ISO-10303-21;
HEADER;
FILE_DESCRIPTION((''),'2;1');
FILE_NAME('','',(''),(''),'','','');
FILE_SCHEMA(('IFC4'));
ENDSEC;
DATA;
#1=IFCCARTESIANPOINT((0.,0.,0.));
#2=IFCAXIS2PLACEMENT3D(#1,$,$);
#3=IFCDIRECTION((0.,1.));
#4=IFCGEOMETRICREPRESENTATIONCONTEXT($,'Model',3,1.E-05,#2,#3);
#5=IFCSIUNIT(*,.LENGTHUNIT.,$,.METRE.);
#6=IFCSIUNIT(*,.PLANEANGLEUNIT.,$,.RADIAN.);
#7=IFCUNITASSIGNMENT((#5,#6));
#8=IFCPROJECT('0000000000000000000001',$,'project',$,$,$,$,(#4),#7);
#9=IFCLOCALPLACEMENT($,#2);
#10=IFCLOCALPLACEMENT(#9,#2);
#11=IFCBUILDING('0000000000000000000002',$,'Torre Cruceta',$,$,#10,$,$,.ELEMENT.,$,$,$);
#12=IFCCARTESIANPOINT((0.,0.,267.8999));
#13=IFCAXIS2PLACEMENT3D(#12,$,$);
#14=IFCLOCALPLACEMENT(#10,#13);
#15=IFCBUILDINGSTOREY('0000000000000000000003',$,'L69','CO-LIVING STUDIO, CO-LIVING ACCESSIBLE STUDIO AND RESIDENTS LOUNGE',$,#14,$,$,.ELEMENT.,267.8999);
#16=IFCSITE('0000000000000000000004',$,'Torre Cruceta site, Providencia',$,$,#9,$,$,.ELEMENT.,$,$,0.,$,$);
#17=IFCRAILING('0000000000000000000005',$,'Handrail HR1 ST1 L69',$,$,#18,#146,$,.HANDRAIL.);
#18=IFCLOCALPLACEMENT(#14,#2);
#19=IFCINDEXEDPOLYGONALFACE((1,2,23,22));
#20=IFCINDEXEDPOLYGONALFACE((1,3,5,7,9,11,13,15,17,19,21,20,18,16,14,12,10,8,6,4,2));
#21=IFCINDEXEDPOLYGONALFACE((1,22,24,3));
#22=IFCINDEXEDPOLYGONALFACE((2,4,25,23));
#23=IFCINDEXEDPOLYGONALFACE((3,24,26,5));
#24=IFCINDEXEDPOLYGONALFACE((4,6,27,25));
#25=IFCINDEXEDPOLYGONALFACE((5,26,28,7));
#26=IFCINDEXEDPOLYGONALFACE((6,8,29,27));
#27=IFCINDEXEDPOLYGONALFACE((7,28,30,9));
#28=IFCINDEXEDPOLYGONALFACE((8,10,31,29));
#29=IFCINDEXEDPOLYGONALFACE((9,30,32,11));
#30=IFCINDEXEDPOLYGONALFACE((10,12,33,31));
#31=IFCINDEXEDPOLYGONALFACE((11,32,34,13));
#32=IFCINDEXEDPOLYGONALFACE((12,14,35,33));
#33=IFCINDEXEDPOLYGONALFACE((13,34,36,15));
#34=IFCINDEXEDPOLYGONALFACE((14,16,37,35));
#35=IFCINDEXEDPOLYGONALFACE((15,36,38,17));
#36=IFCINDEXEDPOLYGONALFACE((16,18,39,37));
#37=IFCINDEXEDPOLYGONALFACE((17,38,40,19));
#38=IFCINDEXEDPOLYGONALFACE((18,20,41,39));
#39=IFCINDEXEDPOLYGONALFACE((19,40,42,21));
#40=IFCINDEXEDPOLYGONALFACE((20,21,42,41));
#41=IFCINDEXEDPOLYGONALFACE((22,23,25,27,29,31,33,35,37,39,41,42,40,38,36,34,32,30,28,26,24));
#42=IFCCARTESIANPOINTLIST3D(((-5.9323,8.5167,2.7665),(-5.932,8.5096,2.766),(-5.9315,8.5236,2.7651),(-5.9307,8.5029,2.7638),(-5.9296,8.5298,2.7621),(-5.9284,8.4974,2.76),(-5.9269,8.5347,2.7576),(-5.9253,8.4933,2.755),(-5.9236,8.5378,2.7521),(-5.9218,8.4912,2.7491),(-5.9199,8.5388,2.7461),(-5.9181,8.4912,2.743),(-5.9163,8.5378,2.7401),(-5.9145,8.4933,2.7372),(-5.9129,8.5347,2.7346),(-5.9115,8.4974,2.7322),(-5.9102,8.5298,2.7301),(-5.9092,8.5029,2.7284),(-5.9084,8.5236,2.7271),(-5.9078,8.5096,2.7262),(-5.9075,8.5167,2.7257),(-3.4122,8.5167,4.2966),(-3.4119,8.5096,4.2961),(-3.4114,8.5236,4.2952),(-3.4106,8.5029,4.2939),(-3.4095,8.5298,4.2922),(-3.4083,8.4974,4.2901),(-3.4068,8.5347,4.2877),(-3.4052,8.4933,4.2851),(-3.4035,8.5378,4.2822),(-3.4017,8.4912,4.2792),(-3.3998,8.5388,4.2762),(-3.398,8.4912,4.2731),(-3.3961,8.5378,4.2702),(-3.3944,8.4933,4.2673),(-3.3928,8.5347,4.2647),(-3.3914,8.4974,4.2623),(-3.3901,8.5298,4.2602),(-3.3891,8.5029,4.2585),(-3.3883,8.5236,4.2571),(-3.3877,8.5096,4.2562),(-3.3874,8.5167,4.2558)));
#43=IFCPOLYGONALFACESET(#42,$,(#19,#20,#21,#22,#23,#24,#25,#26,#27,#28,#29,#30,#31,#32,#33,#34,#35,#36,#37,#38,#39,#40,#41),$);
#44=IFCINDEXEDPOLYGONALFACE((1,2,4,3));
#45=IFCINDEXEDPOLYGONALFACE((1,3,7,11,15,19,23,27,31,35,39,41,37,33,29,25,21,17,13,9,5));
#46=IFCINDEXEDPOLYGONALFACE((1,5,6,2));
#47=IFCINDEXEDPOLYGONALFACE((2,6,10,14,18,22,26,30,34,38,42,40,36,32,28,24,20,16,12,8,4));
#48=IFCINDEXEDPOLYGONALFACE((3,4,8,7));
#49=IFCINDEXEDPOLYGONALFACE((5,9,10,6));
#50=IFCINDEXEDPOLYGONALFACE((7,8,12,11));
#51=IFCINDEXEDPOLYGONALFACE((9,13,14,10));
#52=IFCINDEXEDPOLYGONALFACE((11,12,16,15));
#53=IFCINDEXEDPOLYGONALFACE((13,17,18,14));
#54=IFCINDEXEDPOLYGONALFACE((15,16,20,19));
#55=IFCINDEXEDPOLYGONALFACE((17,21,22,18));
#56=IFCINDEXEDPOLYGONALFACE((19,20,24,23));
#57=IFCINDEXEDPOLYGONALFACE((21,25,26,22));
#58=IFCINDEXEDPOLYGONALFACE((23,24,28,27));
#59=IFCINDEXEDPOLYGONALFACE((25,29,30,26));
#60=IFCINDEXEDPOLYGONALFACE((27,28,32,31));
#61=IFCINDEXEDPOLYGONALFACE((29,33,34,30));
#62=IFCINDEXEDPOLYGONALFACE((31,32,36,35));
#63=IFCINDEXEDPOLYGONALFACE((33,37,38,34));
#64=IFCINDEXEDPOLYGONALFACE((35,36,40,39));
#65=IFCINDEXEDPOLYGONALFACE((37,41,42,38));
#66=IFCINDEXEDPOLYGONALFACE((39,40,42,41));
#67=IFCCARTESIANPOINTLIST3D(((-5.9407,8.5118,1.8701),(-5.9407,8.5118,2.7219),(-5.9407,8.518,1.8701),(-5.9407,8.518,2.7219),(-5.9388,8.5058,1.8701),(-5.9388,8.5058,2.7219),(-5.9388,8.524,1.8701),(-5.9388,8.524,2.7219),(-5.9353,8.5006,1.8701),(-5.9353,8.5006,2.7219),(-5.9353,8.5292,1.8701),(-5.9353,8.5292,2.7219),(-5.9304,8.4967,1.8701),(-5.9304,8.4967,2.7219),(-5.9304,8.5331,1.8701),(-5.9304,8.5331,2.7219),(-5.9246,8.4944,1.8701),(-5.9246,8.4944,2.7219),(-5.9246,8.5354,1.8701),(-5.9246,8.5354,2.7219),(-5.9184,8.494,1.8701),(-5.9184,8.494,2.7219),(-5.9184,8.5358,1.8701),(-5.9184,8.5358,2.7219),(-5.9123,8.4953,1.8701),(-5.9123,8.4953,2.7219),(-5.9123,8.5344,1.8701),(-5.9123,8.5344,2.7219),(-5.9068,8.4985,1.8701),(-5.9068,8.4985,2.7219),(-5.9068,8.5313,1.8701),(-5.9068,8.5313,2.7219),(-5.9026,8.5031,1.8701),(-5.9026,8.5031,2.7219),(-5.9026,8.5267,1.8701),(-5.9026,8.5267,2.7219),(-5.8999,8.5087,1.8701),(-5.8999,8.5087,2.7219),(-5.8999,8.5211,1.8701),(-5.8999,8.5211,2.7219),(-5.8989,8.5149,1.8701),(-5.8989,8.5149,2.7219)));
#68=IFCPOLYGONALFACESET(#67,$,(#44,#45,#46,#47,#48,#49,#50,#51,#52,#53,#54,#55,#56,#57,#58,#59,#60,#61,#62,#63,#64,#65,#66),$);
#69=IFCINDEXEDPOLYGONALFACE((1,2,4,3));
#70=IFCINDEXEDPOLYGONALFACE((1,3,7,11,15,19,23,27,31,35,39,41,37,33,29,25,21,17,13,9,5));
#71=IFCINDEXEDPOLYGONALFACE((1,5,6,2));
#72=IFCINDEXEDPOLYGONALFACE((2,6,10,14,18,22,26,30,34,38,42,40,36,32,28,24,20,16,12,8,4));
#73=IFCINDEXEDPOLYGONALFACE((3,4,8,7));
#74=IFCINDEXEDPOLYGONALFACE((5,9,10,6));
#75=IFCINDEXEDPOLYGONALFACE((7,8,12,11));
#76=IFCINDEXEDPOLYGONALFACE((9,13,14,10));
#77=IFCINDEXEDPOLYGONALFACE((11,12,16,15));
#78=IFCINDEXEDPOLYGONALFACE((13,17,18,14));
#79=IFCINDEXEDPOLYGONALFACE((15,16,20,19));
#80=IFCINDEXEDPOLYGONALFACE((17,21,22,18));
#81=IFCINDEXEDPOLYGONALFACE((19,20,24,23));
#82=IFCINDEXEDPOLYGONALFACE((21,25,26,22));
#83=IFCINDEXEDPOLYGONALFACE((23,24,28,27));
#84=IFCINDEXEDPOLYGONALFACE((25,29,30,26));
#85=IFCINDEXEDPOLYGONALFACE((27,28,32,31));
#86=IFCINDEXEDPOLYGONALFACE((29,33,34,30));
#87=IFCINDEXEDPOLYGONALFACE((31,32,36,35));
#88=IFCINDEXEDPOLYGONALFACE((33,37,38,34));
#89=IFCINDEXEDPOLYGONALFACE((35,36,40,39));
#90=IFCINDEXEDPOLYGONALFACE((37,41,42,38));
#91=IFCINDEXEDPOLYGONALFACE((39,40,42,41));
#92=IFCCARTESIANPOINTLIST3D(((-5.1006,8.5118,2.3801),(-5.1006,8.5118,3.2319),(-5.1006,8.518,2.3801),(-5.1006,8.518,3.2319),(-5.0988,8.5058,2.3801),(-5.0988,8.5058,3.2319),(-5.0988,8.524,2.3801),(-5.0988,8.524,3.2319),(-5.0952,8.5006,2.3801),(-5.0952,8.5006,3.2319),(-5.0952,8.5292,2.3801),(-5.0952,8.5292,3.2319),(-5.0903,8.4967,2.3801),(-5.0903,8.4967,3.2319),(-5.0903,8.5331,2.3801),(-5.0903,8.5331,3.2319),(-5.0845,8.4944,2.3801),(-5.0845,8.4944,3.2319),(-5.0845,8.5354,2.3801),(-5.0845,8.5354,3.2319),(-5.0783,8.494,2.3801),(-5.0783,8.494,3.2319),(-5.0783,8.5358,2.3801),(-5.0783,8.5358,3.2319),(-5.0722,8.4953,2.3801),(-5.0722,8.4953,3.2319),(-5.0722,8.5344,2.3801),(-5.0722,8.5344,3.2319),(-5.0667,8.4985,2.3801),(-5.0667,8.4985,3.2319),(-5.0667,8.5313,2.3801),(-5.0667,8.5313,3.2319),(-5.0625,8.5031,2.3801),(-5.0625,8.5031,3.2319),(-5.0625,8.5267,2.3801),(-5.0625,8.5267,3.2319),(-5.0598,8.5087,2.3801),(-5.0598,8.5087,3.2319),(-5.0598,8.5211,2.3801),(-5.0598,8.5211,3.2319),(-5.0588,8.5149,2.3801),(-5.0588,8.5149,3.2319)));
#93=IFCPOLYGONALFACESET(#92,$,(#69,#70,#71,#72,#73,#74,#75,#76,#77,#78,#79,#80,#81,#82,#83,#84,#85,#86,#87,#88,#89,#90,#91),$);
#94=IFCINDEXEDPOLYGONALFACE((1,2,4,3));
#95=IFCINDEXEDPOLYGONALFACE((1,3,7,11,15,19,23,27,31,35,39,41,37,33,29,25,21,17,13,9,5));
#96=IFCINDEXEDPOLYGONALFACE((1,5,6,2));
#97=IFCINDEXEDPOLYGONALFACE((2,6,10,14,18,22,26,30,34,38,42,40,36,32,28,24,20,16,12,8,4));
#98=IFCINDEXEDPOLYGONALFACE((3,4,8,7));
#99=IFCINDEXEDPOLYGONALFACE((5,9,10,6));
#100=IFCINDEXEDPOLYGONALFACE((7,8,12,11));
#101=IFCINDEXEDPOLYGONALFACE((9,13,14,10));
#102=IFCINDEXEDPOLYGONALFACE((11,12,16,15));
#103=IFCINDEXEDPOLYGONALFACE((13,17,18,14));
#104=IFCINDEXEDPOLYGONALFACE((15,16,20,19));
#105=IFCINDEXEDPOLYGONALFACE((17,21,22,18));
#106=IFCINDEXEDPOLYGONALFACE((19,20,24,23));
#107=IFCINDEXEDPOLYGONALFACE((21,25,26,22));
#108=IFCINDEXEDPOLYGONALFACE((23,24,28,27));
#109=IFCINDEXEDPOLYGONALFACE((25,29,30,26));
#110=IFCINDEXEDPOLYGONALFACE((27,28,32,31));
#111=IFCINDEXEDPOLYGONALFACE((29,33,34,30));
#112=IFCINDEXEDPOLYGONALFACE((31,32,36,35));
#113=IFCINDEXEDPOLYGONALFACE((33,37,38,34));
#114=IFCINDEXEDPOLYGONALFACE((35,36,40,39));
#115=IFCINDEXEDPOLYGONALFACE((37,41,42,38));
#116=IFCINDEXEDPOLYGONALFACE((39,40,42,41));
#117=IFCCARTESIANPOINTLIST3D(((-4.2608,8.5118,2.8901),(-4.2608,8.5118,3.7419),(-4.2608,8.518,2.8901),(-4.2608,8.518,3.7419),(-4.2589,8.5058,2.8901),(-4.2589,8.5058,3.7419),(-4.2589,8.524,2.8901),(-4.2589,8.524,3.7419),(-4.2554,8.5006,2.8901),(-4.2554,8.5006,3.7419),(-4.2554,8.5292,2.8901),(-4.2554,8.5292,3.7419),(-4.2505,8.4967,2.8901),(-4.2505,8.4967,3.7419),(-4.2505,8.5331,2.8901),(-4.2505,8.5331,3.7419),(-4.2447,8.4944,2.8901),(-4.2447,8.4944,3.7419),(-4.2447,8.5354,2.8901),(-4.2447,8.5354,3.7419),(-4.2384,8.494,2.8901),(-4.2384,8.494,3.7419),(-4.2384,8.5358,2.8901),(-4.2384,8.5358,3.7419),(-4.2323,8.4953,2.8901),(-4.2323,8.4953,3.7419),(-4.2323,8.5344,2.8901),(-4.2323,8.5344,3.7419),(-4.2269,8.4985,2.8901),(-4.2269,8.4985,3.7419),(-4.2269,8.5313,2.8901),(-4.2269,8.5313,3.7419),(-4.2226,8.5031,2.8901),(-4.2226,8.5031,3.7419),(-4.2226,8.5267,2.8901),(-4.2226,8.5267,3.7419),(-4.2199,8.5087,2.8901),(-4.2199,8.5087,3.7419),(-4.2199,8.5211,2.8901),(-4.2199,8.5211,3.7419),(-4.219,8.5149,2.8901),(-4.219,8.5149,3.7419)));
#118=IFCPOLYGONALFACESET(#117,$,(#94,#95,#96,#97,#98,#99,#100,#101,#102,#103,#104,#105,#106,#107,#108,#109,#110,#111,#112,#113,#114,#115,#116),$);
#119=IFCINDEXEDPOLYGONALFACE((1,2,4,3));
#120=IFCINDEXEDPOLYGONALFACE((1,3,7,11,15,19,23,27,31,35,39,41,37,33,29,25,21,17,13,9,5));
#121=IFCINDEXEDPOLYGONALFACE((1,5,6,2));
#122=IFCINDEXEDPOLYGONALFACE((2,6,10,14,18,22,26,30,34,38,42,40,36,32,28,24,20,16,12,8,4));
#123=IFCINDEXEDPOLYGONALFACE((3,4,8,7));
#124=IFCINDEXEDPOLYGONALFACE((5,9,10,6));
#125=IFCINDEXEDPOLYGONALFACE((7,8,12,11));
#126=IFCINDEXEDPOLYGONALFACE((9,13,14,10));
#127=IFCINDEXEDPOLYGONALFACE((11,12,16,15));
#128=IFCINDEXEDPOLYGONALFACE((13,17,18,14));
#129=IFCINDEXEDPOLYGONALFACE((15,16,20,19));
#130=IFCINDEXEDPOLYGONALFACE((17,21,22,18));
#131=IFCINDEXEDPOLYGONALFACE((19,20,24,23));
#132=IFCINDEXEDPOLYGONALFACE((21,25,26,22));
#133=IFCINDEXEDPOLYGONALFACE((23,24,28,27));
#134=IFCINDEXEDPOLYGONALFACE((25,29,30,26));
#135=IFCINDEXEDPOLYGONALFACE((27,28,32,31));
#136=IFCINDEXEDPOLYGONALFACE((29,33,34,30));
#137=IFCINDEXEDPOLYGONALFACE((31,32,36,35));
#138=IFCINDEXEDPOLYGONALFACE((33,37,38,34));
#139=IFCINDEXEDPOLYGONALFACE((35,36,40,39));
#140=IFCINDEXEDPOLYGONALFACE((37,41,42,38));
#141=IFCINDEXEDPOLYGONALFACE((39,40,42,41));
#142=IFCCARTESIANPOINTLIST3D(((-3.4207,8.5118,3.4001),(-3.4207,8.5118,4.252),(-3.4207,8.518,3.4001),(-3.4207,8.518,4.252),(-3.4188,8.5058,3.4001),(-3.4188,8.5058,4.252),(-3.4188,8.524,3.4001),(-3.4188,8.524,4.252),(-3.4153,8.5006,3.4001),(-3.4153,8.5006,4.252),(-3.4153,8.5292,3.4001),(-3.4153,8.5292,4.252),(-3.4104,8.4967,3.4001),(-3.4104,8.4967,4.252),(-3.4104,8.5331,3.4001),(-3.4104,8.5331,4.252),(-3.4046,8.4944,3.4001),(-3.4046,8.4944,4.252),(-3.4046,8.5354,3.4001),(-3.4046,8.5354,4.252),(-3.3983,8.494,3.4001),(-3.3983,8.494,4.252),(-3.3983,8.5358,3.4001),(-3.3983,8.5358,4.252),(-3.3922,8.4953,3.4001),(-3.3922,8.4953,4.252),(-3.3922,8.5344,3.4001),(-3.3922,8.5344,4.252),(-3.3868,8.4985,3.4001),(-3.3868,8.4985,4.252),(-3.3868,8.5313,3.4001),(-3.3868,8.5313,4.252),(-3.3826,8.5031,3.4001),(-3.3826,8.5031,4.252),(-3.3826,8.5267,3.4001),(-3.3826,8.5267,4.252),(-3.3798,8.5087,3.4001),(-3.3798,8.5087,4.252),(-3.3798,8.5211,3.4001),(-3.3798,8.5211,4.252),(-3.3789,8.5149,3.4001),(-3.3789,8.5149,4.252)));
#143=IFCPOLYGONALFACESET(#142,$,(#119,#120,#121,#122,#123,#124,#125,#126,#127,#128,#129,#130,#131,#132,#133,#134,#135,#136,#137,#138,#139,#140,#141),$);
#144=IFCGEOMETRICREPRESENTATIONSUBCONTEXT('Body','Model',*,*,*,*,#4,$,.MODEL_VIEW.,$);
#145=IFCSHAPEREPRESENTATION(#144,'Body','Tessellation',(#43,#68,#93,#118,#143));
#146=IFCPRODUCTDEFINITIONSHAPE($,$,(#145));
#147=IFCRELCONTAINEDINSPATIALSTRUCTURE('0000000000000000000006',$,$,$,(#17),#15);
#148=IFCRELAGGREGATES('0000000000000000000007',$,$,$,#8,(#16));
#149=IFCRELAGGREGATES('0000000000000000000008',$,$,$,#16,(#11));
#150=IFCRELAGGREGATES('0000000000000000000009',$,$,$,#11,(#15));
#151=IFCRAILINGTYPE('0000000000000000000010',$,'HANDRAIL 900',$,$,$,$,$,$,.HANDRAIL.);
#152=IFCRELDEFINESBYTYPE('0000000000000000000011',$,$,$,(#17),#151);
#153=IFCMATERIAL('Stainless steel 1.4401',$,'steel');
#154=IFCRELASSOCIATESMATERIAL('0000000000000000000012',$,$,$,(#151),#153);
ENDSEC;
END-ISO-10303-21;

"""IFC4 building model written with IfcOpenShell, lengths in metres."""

from ifc_helpers import new_model, si_unit, direction, frame, origin, origin_2d, place, context, subcontext, project, spatial, circle, extrude, material, type_object, element, save


model = new_model("IFC4")

# Units and contexts
model_context = context("Model", 3, precision=1e-05, world=origin(), true_north=direction((0.0, 1.0)))
body_context = subcontext(model_context, "Body", "Model", "MODEL_VIEW")
ifc_project = project(units=[si_unit("LENGTHUNIT", "METRE"), si_unit("PLANEANGLEUNIT", "RADIAN")], contexts=[model_context])

# Site, building, storey
site_placement = place(None, origin())
site = spatial("IfcSite", under=ifc_project, at=site_placement, Name="Torre Cruceta site, Providencia", CompositionType="ELEMENT", RefElevation=0.0)
building_placement = place(site_placement, origin())
building = spatial("IfcBuilding", under=site, at=building_placement, Name="Torre Cruceta", CompositionType="ELEMENT")
storey_placement = place(building_placement, frame((0.0, 0.0, 267.8999)))
storey = spatial("IfcBuildingStorey", under=building, at=storey_placement, Name="L69", Description="CO-LIVING STUDIO, CO-LIVING ACCESSIBLE STUDIO AND RESIDENTS LOUNGE", CompositionType="ELEMENT", Elevation=267.8999)

# Railing
ifc_material_1 = material(Name="Stainless steel 1.4401", Category="steel")
railing_type = type_object("IfcRailingType", Name="HANDRAIL 900", PredefinedType="HANDRAIL", material=ifc_material_1)
railing_1_placement = place(storey_placement, frame((-5.9199, 8.5149, 1.8701)))
element("IfcRailing", 1, at=railing_1_placement, inside=storey, type_object=railing_type, Name="Handrail HR1 ST1 L69", PredefinedType="HANDRAIL", context=body_context, shape_type="SweptSolid", body=[
    extrude(circle(Radius=0.0239, at=origin_2d()), frame((0.0, 0.0, 0.876), z_axis=(0.854785, 0.0, 0.518982), x_axis=(0.0, 1.0, 0.0)), (0.0, 0.0, 1.0), 2.9482),
    extrude(circle(Radius=0.021, at=origin_2d()), origin(), (0.0, 0.0, 1.0), 0.8518),
    extrude(circle(Radius=0.021, at=origin_2d()), frame((0.8401, 0.0, 0.51)), (0.0, 0.0, 1.0), 0.8518),
    extrude(circle(Radius=0.021, at=origin_2d()), frame((1.6799, 0.0, 1.02)), (0.0, 0.0, 1.0), 0.8518),
    extrude(circle(Radius=0.021, at=origin_2d()), frame((2.52, 0.0, 1.53)), (0.0, 0.0, 1.0), 0.8518),
])

save(model, "model.ifc")
